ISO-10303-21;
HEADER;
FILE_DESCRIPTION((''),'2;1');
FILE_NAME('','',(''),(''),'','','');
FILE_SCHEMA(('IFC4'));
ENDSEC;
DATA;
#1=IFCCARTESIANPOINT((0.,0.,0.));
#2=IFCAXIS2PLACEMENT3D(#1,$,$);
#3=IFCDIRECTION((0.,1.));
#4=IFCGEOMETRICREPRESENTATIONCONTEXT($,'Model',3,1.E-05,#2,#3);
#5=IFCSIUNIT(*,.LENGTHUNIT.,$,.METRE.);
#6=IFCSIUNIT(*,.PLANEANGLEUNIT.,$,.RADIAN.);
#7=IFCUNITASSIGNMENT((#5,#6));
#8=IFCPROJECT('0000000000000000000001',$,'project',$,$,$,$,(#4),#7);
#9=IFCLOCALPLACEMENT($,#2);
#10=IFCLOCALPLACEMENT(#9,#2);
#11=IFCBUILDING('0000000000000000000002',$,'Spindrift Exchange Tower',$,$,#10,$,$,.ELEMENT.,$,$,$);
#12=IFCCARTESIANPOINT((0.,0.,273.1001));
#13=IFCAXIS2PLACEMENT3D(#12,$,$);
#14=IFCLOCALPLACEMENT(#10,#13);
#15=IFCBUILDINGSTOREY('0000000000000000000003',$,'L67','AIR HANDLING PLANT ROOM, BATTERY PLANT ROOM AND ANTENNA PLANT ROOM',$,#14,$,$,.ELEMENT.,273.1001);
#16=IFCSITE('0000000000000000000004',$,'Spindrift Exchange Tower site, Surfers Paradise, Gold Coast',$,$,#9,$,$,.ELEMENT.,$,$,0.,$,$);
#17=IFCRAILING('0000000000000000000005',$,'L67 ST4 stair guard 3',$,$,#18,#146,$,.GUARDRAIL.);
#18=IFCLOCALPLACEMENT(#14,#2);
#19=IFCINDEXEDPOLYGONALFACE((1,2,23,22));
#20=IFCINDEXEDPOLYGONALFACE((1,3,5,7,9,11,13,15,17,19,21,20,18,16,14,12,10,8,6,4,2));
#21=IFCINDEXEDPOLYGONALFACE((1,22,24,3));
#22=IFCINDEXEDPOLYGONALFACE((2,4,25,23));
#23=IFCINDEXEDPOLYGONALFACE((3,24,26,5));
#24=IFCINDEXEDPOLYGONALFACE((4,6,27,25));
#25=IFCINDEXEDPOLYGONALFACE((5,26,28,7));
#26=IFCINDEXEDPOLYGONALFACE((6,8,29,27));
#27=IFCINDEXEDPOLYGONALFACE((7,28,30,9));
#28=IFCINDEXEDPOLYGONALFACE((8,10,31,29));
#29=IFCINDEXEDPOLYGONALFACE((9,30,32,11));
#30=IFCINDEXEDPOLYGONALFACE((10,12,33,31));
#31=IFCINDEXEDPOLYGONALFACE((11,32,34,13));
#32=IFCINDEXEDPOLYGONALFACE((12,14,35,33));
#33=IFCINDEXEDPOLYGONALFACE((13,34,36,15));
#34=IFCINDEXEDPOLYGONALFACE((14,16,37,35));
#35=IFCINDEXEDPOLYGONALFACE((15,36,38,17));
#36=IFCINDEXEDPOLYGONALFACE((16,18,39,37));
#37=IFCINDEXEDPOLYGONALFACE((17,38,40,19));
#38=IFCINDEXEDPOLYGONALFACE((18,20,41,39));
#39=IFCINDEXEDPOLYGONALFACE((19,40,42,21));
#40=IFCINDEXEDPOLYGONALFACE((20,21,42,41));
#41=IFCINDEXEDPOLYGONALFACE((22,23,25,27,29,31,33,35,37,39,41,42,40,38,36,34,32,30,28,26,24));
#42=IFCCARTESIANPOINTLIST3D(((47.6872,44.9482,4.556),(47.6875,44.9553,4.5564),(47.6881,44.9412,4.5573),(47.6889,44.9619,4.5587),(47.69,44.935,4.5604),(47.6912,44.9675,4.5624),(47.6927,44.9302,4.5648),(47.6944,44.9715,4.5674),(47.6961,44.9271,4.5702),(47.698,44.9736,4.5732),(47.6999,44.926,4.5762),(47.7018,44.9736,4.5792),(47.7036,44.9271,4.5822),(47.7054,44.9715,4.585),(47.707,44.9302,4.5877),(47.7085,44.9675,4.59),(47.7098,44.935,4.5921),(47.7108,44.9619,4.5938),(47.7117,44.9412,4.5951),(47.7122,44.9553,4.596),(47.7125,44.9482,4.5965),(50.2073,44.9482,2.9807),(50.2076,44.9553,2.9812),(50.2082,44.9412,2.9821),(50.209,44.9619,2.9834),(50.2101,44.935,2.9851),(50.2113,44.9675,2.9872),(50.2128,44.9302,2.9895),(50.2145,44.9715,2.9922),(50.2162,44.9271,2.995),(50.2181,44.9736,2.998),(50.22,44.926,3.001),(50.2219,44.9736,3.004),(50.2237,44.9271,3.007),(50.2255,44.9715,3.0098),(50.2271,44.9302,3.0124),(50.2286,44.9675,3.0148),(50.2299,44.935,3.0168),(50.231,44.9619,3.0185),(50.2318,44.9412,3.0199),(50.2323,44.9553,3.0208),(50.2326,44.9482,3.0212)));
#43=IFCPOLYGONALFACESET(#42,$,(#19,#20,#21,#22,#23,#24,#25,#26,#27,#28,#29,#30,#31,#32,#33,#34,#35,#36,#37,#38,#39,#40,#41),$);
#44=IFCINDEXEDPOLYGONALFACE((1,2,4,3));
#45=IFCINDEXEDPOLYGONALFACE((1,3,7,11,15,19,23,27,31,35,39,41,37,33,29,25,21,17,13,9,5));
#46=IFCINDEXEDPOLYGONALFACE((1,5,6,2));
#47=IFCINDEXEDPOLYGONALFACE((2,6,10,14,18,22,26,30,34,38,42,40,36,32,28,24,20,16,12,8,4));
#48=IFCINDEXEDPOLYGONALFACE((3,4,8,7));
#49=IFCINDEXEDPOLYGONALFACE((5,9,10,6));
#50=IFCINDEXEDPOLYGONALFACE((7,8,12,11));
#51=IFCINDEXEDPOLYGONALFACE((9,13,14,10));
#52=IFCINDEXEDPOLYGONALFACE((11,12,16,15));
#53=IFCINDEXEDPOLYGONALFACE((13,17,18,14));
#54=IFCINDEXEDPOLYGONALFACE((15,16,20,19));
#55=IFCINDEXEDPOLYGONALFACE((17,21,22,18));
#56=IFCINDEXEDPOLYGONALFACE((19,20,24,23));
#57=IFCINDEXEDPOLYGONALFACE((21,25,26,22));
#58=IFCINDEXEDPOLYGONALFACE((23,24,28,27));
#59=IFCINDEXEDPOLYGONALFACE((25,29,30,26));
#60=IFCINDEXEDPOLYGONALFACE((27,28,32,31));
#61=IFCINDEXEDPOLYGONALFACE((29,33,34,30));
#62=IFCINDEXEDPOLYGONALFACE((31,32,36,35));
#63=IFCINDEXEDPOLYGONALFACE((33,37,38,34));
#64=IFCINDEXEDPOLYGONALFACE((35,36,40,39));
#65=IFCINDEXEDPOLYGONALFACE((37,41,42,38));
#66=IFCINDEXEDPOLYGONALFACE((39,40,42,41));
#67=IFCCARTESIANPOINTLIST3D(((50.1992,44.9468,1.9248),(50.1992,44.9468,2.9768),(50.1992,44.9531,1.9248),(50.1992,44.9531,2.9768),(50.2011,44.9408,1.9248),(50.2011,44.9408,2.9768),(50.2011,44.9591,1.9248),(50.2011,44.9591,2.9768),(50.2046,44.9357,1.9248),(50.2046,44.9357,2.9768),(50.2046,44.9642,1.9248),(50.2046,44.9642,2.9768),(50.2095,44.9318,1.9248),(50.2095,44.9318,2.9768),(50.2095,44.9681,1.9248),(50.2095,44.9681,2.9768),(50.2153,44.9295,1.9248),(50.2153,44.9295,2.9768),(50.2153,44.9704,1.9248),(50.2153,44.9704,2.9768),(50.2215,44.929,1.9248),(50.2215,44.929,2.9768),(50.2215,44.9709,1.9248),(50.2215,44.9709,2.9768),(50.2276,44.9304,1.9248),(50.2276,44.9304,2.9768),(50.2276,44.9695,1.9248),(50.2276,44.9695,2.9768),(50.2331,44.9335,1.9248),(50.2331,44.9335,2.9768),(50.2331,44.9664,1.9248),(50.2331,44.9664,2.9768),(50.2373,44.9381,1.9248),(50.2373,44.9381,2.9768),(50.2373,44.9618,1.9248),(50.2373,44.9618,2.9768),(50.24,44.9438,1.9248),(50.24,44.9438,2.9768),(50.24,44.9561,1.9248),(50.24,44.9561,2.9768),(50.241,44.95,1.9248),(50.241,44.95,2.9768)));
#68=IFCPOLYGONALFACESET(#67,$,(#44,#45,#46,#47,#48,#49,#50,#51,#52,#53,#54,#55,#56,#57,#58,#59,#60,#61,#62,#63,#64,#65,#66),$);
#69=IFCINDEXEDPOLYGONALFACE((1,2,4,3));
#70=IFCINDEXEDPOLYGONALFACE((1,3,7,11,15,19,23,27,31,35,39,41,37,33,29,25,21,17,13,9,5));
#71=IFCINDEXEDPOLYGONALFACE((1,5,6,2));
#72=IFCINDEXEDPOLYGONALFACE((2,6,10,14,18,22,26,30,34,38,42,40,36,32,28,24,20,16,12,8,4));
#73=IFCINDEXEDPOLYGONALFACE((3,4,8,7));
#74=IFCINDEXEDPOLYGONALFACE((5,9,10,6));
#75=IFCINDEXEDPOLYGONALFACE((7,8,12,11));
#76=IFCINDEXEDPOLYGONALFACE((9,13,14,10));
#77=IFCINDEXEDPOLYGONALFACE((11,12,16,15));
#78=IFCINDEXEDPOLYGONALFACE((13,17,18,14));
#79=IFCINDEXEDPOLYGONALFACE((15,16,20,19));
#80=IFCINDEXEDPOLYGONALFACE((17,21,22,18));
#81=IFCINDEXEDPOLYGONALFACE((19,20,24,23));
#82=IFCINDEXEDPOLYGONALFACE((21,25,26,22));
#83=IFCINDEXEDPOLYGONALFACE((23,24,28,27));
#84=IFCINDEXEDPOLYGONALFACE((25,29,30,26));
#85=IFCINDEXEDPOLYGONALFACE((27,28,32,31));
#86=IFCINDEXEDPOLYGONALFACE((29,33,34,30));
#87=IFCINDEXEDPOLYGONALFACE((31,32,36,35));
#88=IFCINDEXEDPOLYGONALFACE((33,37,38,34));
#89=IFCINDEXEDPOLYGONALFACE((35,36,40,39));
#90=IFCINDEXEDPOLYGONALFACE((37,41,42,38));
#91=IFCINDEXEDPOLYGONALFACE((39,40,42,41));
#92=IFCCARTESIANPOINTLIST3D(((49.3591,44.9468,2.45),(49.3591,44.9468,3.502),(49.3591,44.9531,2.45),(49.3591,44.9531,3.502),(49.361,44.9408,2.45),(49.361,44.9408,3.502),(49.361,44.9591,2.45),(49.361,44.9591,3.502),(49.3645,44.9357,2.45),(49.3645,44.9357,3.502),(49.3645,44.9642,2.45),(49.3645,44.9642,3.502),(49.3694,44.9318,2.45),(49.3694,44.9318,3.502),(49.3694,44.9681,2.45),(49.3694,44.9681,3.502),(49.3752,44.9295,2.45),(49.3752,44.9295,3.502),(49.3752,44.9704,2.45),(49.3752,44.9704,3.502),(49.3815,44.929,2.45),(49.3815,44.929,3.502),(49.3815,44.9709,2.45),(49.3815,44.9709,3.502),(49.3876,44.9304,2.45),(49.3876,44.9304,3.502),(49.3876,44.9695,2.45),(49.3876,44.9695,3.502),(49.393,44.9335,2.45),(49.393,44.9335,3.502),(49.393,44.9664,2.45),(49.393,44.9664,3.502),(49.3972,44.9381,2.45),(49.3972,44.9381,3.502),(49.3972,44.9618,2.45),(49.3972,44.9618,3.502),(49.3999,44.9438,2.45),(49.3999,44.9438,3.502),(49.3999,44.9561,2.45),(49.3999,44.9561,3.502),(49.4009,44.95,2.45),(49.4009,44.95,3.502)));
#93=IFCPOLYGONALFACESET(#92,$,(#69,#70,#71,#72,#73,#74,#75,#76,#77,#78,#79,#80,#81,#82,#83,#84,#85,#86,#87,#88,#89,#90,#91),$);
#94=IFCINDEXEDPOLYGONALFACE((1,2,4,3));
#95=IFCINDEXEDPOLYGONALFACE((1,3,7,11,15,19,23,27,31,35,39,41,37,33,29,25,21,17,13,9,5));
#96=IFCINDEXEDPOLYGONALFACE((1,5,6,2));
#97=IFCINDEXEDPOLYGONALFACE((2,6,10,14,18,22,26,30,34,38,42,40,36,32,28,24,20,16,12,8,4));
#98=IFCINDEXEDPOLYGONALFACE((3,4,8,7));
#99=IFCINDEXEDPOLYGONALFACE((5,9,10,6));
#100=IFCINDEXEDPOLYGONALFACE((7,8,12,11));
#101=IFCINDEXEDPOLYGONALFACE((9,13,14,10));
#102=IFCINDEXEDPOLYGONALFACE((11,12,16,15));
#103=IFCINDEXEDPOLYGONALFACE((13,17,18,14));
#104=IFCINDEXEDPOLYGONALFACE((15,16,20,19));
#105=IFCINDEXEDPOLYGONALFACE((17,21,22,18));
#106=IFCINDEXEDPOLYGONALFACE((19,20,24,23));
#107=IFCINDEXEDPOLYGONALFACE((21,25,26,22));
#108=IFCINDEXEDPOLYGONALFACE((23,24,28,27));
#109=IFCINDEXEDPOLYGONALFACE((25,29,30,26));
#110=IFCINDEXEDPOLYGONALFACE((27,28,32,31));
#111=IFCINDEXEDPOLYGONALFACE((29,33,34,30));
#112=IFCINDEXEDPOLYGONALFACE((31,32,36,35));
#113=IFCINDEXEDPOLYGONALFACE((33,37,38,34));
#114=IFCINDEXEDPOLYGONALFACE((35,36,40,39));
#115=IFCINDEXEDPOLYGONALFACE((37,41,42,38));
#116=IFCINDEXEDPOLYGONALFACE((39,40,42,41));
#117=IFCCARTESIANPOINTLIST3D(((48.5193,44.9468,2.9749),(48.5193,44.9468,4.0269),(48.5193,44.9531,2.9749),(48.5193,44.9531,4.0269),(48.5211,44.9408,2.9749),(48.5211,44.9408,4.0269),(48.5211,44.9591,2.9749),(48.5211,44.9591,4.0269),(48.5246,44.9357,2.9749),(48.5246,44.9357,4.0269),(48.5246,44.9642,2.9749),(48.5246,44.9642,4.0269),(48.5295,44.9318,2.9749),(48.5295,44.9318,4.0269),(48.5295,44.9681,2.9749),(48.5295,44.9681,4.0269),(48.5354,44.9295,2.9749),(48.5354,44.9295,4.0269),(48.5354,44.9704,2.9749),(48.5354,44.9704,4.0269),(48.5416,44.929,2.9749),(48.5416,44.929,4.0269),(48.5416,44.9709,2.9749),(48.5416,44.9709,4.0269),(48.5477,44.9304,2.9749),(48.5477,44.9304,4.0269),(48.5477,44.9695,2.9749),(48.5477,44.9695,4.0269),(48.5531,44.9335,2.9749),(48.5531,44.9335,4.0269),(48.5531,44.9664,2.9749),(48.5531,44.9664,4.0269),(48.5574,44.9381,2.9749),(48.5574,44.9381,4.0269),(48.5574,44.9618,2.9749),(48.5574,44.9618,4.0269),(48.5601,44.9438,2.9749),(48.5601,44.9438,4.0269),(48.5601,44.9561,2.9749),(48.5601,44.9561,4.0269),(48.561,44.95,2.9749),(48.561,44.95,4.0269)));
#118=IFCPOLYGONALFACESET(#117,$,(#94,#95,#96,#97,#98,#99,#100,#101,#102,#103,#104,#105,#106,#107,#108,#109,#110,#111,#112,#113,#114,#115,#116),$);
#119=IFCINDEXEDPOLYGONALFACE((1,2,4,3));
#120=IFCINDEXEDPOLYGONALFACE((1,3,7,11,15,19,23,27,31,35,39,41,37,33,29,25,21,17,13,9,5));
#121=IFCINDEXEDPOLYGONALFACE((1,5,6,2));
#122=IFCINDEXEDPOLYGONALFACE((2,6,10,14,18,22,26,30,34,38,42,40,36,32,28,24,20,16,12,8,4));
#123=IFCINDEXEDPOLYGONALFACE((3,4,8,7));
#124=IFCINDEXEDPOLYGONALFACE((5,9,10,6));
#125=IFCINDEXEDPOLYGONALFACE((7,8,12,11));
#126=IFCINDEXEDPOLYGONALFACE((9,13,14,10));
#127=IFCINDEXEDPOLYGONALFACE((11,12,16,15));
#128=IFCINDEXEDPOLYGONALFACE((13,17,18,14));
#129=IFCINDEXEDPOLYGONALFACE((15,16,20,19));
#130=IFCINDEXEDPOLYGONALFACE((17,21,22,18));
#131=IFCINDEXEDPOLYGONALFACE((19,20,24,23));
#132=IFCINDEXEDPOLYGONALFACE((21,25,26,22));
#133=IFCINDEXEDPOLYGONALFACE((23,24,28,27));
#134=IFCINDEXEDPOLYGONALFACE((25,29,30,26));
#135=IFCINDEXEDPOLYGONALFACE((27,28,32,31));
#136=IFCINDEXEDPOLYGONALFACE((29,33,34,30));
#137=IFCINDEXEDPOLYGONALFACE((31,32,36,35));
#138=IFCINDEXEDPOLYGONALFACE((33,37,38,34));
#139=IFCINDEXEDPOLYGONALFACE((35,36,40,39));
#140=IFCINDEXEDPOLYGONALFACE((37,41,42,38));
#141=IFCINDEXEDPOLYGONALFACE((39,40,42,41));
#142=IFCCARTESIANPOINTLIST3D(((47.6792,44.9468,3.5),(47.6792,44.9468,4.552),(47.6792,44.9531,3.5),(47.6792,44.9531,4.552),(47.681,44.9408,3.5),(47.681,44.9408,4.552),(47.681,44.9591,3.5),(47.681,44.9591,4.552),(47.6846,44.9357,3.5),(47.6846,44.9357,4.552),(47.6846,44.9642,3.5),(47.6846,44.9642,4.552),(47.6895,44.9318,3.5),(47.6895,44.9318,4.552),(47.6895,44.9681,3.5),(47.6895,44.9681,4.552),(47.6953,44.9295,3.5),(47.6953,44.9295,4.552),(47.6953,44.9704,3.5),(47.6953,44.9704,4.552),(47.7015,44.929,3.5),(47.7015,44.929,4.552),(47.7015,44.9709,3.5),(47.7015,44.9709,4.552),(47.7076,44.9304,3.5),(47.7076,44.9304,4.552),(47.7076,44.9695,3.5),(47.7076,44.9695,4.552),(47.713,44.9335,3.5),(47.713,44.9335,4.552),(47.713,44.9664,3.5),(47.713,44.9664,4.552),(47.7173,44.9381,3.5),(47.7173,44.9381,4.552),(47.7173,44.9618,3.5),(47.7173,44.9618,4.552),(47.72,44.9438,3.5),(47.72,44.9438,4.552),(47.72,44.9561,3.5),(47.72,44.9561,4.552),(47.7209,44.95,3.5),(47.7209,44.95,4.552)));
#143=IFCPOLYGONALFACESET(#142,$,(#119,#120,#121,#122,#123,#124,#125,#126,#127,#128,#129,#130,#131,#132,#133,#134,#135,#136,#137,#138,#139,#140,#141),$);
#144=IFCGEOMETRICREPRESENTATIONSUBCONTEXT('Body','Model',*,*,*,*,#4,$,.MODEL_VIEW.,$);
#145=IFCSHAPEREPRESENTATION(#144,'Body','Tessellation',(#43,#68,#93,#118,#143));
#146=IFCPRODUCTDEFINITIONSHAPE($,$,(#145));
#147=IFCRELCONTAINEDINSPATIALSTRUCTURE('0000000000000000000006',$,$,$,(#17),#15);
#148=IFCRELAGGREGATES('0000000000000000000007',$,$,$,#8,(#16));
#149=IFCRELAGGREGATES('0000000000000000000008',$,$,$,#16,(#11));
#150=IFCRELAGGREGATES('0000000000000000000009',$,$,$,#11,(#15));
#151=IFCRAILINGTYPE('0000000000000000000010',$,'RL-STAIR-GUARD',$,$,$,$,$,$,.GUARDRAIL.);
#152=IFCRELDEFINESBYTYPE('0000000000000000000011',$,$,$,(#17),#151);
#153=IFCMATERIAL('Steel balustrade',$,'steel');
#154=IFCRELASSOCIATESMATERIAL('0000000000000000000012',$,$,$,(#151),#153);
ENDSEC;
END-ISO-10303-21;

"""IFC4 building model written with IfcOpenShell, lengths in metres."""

from ifc_helpers import new_model, si_unit, direction, frame, origin, origin_2d, place, context, subcontext, project, spatial, circle, extrude, material, type_object, element, save


model = new_model("IFC4")

# Units and contexts
model_context = context("Model", 3, precision=1e-05, world=origin(), true_north=direction((0.0, 1.0)))
body_context = subcontext(model_context, "Body", "Model", "MODEL_VIEW")
ifc_project = project(units=[si_unit("LENGTHUNIT", "METRE"), si_unit("PLANEANGLEUNIT", "RADIAN")], contexts=[model_context])

# Site, building, storey
site_placement = place(None, origin())
site = spatial("IfcSite", under=ifc_project, at=site_placement, Name="Spindrift Exchange Tower site, Surfers Paradise, Gold Coast", CompositionType="ELEMENT", RefElevation=0.0)
building_placement = place(site_placement, origin())
building = spatial("IfcBuilding", under=site, at=building_placement, Name="Spindrift Exchange Tower", CompositionType="ELEMENT")
storey_placement = place(building_placement, frame((0.0, 0.0, 273.1001)))
storey = spatial("IfcBuildingStorey", under=building, at=storey_placement, Name="L67", Description="AIR HANDLING PLANT ROOM, BATTERY PLANT ROOM AND ANTENNA PLANT ROOM", CompositionType="ELEMENT", Elevation=273.1001)

# Railing
ifc_material_1 = material(Name="Steel balustrade", Category="steel")
railing_type_1 = type_object("IfcRailingType", Name="RL-STAIR-GUARD", PredefinedType="GUARDRAIL", material=ifc_material_1)
railing_1_placement = place(storey_placement, frame((50.22, 44.95, 1.9248)))
element("IfcRailing", 1, at=railing_1_placement, inside=storey, type_object=railing_type_1, Name="L67 ST4 stair guard 3", PredefinedType="GUARDRAIL", context=body_context, shape_type="SweptSolid", body=[
    extrude(circle(Radius=0.0239, at=origin_2d()), frame((0.0, 0.0, 1.0762), z_axis=(-0.847971, 0.0, 0.530043), x_axis=(0.0, -1.0, 0.0)), (0.0, 0.0, 1.0), 2.9719),
    extrude(circle(Radius=0.021, at=origin_2d()), origin(), (0.0, 0.0, 1.0), 1.052),
    extrude(circle(Radius=0.021, at=origin_2d()), frame((-0.8401, 0.0, 0.5251)), (0.0, 0.0, 1.0), 1.052),
    extrude(circle(Radius=0.021, at=origin_2d()), frame((-1.6799, 0.0, 1.05)), (0.0, 0.0, 1.0), 1.052),
    extrude(circle(Radius=0.021, at=origin_2d()), frame((-2.52, 0.0, 1.5752)), (0.0, 0.0, 1.0), 1.052),
])

save(model, "model.ifc")
